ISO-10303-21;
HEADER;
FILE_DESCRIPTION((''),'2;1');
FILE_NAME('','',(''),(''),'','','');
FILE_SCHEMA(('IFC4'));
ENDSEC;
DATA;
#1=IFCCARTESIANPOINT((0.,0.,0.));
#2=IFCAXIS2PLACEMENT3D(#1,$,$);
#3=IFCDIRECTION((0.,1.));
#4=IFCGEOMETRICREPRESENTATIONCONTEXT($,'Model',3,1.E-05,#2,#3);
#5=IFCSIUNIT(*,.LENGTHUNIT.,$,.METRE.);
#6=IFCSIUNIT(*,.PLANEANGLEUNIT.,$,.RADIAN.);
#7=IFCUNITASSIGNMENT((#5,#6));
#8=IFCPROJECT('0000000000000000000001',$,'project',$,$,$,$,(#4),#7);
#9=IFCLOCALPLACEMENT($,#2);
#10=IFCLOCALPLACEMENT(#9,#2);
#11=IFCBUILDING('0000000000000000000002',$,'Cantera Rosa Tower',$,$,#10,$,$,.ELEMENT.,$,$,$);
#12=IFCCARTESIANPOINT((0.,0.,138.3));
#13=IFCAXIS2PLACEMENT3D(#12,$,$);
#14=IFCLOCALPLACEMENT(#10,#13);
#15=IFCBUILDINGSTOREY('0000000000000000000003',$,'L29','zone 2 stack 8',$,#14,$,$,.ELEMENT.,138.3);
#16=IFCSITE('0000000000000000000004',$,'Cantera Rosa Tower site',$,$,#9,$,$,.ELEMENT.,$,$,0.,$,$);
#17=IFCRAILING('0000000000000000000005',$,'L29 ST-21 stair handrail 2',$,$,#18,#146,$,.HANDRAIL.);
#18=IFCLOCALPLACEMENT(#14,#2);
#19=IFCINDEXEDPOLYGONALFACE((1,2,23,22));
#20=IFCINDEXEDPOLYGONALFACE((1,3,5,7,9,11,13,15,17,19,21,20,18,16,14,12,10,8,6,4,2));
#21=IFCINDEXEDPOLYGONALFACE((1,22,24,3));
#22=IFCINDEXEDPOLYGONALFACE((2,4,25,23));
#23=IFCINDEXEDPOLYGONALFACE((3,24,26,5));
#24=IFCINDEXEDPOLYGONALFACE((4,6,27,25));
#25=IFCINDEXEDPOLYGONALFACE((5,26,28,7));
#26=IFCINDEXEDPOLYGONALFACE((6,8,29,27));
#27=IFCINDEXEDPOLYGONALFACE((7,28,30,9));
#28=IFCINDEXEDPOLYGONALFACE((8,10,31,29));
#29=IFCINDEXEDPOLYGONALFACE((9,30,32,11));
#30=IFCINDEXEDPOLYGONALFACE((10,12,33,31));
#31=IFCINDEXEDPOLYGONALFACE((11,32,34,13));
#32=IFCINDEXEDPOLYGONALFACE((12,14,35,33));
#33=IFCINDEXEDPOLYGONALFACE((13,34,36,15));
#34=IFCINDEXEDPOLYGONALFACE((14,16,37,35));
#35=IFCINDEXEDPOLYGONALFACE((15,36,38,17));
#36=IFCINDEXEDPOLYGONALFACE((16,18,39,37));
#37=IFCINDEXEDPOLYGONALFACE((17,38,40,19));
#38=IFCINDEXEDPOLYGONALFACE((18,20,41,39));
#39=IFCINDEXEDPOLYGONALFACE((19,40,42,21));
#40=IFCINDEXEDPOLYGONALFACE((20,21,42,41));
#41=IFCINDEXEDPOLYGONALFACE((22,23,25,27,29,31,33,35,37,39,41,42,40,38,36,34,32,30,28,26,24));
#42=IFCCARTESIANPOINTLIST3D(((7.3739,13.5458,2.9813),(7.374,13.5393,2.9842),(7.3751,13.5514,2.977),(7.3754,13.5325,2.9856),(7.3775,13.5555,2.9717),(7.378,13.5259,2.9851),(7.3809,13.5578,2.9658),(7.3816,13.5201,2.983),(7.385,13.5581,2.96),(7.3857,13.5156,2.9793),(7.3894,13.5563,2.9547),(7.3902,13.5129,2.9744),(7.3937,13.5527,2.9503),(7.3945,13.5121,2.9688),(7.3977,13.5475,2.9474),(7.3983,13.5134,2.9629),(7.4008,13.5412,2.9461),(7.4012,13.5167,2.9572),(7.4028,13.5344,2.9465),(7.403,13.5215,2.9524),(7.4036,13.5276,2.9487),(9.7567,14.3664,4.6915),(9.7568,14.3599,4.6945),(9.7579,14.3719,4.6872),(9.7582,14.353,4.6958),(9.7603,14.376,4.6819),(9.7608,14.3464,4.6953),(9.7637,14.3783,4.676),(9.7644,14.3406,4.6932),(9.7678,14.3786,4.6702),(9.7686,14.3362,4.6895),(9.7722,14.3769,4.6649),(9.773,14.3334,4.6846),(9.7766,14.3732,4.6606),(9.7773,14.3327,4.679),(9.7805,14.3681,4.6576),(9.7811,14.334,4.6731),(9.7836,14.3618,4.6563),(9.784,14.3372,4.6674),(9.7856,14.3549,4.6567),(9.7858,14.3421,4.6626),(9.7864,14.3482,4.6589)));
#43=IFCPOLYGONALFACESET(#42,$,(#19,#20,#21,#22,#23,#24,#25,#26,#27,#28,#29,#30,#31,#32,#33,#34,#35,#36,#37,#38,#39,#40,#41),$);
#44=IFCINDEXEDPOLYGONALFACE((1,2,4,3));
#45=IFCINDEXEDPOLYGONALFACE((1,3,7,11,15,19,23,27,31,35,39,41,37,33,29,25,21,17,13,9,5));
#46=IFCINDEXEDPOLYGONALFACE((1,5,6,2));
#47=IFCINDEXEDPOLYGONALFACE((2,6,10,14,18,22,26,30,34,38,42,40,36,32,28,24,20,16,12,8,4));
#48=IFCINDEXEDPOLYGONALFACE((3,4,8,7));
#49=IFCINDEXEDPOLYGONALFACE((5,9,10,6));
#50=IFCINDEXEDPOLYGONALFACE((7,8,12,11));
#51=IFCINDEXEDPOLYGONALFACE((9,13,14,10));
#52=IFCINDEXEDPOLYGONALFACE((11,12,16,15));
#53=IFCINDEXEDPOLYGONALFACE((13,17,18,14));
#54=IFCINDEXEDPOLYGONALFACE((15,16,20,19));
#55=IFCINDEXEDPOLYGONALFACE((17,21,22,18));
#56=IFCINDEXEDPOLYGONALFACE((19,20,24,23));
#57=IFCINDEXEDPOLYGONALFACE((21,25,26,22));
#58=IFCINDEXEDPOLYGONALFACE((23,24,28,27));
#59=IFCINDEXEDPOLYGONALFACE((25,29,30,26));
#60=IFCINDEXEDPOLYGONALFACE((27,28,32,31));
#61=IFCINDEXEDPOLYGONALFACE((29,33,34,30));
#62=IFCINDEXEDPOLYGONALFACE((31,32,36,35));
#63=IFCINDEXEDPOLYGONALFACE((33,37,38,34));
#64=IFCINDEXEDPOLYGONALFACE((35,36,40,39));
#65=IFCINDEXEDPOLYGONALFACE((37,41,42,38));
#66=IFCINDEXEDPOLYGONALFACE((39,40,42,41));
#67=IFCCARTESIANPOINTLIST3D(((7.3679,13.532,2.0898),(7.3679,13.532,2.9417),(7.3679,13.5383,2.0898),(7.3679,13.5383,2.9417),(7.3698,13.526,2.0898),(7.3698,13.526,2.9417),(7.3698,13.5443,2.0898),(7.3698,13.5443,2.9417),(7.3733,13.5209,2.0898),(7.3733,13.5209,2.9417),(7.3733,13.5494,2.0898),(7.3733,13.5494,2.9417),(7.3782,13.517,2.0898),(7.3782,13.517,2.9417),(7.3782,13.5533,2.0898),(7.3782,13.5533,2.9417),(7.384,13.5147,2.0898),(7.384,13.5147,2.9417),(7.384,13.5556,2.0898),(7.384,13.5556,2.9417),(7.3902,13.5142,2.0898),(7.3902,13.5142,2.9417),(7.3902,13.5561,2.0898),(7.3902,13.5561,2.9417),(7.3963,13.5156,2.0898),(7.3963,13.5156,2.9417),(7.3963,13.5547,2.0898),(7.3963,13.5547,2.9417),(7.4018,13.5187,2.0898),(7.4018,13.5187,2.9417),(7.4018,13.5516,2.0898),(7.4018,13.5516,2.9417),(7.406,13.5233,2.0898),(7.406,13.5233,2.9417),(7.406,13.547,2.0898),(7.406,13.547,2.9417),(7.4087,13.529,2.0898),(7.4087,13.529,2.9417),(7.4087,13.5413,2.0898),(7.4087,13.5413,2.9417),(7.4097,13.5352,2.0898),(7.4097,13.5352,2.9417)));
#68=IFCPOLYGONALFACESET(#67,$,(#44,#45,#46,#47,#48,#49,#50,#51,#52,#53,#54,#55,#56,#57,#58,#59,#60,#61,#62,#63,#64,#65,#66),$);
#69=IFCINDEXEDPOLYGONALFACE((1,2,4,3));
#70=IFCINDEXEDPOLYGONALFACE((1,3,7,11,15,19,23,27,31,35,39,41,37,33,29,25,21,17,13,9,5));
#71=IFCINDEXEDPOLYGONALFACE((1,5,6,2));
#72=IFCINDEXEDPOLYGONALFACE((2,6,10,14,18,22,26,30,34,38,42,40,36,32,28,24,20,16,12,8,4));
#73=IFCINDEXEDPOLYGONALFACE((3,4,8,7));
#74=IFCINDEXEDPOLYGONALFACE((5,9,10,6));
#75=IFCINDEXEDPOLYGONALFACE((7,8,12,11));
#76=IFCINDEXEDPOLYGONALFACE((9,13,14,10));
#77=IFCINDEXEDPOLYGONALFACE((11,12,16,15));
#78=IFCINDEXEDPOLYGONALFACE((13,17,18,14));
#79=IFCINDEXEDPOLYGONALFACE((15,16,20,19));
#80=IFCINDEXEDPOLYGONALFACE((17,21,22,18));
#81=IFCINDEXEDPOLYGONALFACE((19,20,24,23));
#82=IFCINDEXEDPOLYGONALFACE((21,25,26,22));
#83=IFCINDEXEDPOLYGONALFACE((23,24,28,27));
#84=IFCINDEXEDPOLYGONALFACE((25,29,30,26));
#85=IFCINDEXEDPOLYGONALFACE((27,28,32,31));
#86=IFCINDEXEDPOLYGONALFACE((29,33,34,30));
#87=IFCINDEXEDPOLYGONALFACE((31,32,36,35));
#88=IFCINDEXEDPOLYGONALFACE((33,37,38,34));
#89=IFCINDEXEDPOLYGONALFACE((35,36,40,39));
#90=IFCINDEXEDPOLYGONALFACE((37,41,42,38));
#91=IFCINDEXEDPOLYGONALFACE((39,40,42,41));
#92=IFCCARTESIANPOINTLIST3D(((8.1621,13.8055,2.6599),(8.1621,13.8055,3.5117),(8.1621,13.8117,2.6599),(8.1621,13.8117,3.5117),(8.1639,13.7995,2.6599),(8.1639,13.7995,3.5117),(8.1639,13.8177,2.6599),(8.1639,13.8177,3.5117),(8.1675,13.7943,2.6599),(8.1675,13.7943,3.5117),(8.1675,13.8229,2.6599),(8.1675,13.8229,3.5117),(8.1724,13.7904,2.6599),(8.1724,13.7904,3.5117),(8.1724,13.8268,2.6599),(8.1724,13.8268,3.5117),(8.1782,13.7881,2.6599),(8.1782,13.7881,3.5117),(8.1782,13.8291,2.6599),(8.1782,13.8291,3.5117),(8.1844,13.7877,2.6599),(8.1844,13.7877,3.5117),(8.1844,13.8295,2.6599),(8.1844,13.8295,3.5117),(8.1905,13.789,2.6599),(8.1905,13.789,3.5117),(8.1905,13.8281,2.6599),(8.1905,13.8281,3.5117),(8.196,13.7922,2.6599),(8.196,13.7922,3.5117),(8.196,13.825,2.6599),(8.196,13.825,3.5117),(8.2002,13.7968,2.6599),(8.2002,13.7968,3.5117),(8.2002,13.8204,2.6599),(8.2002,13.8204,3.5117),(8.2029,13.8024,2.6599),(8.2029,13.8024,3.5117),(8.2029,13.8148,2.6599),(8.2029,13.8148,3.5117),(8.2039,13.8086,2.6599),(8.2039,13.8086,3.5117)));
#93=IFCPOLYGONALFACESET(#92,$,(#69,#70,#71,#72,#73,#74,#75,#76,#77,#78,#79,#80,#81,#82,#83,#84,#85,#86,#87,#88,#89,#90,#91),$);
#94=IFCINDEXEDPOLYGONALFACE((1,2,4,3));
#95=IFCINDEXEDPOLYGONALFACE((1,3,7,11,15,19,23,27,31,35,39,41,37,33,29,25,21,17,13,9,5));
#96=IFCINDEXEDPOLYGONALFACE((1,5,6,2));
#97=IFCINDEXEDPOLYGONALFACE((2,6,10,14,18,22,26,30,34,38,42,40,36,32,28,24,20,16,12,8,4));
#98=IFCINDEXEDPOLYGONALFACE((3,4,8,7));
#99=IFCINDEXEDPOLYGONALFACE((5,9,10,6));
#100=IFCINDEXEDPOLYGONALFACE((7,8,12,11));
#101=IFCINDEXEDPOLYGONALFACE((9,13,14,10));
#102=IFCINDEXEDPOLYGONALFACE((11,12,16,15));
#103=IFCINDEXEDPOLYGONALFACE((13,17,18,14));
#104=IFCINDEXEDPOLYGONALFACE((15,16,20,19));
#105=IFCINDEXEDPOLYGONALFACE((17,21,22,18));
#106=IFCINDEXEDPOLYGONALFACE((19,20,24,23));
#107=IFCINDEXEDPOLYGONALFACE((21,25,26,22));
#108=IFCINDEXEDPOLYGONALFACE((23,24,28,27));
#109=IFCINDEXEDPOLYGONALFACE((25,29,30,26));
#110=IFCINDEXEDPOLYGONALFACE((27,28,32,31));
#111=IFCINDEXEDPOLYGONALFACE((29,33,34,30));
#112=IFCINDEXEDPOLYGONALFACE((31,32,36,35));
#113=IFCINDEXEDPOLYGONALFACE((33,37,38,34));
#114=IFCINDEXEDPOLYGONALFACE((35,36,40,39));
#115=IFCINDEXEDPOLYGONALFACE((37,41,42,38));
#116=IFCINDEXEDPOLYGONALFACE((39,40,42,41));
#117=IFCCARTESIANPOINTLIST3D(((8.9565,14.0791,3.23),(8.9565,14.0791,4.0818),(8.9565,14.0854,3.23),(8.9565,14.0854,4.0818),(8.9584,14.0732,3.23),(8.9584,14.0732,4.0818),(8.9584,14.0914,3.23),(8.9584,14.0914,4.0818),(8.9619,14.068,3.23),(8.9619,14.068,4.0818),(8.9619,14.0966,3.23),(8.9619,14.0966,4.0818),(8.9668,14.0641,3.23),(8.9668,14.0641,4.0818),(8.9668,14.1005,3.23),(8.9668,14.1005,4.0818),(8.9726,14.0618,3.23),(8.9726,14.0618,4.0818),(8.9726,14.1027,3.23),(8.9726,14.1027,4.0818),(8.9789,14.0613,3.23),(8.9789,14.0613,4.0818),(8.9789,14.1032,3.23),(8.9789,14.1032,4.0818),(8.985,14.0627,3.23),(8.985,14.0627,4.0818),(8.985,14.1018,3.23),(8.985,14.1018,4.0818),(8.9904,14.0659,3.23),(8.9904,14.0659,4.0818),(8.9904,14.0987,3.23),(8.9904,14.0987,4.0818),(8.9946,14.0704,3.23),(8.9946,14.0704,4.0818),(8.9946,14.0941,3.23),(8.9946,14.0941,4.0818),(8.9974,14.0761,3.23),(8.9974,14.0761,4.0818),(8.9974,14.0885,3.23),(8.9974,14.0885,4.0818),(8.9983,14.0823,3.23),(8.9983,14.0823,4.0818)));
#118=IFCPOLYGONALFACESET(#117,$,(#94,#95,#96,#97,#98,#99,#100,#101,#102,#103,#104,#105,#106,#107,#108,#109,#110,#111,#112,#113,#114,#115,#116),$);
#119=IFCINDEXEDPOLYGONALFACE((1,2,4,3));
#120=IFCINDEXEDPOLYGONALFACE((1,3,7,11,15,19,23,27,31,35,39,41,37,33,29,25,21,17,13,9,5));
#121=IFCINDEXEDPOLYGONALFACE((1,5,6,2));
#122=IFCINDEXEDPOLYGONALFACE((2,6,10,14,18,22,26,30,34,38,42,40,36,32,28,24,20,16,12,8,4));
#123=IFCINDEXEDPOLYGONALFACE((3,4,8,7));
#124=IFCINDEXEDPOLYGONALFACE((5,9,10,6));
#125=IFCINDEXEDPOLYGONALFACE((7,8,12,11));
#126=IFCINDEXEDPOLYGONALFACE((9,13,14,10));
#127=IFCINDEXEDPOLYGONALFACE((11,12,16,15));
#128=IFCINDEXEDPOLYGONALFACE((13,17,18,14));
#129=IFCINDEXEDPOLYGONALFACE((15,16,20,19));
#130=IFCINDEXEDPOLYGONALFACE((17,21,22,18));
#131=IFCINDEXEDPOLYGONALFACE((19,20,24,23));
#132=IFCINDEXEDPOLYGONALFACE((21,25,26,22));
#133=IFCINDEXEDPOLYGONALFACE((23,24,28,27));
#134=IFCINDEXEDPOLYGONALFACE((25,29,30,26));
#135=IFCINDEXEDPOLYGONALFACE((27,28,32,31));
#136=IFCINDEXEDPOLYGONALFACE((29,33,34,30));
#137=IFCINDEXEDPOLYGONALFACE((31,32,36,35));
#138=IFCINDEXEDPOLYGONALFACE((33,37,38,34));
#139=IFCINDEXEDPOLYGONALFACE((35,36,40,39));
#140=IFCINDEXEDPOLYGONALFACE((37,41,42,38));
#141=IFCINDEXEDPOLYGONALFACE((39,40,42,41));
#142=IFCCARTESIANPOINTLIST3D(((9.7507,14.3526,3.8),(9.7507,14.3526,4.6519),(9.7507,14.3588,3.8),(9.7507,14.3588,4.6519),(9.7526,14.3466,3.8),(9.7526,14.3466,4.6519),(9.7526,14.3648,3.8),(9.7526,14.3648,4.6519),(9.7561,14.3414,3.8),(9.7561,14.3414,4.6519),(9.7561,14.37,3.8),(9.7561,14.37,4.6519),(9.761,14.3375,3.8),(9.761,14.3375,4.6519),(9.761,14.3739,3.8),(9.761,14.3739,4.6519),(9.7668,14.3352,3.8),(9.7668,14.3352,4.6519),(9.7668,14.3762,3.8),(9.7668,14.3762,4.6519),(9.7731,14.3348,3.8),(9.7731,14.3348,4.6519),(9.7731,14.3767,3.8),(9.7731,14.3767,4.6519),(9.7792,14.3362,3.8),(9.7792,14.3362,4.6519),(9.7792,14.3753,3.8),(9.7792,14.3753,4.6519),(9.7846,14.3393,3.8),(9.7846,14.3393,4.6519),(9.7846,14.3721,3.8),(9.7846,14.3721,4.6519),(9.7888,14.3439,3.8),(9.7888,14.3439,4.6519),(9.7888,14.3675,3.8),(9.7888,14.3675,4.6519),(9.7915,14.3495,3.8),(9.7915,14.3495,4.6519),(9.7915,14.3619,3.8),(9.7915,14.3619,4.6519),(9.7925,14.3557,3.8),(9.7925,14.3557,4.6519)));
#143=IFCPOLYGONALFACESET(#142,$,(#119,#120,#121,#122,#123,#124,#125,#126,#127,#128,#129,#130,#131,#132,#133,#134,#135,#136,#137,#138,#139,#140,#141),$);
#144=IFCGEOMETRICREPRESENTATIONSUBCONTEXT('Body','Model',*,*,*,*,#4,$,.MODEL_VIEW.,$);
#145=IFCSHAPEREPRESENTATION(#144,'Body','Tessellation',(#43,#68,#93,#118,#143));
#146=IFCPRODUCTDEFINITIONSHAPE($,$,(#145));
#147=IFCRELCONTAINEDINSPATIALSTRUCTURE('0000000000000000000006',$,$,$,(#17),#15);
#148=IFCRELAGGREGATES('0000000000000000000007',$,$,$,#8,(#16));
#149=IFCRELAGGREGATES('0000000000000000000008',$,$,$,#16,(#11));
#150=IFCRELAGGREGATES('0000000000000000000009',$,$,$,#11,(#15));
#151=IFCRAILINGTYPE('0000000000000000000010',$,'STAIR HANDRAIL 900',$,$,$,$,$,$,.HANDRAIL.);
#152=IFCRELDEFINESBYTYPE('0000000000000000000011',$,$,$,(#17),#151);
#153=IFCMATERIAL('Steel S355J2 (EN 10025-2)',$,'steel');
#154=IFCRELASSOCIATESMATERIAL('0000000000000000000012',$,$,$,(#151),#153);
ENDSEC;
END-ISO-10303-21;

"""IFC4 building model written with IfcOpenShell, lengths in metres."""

from ifc_helpers import new_model, si_unit, direction, frame, origin, origin_2d, place, context, subcontext, project, spatial, circle, extrude, material, type_object, element, save


model = new_model("IFC4")

# Units and contexts
model_context = context("Model", 3, precision=1e-05, world=origin(), true_north=direction((0.0, 1.0)))
body_context = subcontext(model_context, "Body", "Model", "MODEL_VIEW")
ifc_project = project(units=[si_unit("LENGTHUNIT", "METRE"), si_unit("PLANEANGLEUNIT", "RADIAN")], contexts=[model_context])

# Site, building, storey
site_placement = place(None, origin())
site = spatial("IfcSite", under=ifc_project, at=site_placement, Name="Cantera Rosa Tower site", CompositionType="ELEMENT", RefElevation=0.0)
building_placement = place(site_placement, origin())
building = spatial("IfcBuilding", under=site, at=building_placement, Name="Cantera Rosa Tower", CompositionType="ELEMENT")
storey_placement = place(building_placement, frame((0.0, 0.0, 138.3)))
storey = spatial("IfcBuildingStorey", under=building, at=storey_placement, Name="L29", Description="zone 2 stack 8", CompositionType="ELEMENT", Elevation=138.3)

# Railing
ifc_material_1 = material(Name="Steel S355J2 (EN 10025-2)", Category="steel")
railing_type_1 = type_object("IfcRailingType", Name="STAIR HANDRAIL 900", PredefinedType="HANDRAIL", material=ifc_material_1)
railing_1_placement = place(storey_placement, frame((7.3887, 13.5352, 2.0898)))
element("IfcRailing", 1, at=railing_1_placement, inside=storey, type_object=railing_type_1, Name="L29 ST-21 stair handrail 2", PredefinedType="HANDRAIL", context=body_context, shape_type="SweptSolid", body=[
    extrude(circle(Radius=0.0239, at=origin_2d()), frame((0.0, 0.0, 0.876), z_axis=(0.782369, 0.26942, 0.561526), x_axis=(-0.3256, 0.945508, 0.0)), (0.0, 0.0, 1.0), 3.0457),
    extrude(circle(Radius=0.021, at=origin_2d()), origin(), (0.0, 0.0, 1.0), 0.8518),
    extrude(circle(Radius=0.021, at=origin_2d()), frame((0.7942, 0.2734, 0.5701)), (0.0, 0.0, 1.0), 0.8518),
    extrude(circle(Radius=0.021, at=origin_2d()), frame((1.5886, 0.5471, 1.1401)), (0.0, 0.0, 1.0), 0.8518),
    extrude(circle(Radius=0.021, at=origin_2d()), frame((2.3828, 0.8206, 1.7102)), (0.0, 0.0, 1.0), 0.8518),
])

save(model, "model.ifc")
